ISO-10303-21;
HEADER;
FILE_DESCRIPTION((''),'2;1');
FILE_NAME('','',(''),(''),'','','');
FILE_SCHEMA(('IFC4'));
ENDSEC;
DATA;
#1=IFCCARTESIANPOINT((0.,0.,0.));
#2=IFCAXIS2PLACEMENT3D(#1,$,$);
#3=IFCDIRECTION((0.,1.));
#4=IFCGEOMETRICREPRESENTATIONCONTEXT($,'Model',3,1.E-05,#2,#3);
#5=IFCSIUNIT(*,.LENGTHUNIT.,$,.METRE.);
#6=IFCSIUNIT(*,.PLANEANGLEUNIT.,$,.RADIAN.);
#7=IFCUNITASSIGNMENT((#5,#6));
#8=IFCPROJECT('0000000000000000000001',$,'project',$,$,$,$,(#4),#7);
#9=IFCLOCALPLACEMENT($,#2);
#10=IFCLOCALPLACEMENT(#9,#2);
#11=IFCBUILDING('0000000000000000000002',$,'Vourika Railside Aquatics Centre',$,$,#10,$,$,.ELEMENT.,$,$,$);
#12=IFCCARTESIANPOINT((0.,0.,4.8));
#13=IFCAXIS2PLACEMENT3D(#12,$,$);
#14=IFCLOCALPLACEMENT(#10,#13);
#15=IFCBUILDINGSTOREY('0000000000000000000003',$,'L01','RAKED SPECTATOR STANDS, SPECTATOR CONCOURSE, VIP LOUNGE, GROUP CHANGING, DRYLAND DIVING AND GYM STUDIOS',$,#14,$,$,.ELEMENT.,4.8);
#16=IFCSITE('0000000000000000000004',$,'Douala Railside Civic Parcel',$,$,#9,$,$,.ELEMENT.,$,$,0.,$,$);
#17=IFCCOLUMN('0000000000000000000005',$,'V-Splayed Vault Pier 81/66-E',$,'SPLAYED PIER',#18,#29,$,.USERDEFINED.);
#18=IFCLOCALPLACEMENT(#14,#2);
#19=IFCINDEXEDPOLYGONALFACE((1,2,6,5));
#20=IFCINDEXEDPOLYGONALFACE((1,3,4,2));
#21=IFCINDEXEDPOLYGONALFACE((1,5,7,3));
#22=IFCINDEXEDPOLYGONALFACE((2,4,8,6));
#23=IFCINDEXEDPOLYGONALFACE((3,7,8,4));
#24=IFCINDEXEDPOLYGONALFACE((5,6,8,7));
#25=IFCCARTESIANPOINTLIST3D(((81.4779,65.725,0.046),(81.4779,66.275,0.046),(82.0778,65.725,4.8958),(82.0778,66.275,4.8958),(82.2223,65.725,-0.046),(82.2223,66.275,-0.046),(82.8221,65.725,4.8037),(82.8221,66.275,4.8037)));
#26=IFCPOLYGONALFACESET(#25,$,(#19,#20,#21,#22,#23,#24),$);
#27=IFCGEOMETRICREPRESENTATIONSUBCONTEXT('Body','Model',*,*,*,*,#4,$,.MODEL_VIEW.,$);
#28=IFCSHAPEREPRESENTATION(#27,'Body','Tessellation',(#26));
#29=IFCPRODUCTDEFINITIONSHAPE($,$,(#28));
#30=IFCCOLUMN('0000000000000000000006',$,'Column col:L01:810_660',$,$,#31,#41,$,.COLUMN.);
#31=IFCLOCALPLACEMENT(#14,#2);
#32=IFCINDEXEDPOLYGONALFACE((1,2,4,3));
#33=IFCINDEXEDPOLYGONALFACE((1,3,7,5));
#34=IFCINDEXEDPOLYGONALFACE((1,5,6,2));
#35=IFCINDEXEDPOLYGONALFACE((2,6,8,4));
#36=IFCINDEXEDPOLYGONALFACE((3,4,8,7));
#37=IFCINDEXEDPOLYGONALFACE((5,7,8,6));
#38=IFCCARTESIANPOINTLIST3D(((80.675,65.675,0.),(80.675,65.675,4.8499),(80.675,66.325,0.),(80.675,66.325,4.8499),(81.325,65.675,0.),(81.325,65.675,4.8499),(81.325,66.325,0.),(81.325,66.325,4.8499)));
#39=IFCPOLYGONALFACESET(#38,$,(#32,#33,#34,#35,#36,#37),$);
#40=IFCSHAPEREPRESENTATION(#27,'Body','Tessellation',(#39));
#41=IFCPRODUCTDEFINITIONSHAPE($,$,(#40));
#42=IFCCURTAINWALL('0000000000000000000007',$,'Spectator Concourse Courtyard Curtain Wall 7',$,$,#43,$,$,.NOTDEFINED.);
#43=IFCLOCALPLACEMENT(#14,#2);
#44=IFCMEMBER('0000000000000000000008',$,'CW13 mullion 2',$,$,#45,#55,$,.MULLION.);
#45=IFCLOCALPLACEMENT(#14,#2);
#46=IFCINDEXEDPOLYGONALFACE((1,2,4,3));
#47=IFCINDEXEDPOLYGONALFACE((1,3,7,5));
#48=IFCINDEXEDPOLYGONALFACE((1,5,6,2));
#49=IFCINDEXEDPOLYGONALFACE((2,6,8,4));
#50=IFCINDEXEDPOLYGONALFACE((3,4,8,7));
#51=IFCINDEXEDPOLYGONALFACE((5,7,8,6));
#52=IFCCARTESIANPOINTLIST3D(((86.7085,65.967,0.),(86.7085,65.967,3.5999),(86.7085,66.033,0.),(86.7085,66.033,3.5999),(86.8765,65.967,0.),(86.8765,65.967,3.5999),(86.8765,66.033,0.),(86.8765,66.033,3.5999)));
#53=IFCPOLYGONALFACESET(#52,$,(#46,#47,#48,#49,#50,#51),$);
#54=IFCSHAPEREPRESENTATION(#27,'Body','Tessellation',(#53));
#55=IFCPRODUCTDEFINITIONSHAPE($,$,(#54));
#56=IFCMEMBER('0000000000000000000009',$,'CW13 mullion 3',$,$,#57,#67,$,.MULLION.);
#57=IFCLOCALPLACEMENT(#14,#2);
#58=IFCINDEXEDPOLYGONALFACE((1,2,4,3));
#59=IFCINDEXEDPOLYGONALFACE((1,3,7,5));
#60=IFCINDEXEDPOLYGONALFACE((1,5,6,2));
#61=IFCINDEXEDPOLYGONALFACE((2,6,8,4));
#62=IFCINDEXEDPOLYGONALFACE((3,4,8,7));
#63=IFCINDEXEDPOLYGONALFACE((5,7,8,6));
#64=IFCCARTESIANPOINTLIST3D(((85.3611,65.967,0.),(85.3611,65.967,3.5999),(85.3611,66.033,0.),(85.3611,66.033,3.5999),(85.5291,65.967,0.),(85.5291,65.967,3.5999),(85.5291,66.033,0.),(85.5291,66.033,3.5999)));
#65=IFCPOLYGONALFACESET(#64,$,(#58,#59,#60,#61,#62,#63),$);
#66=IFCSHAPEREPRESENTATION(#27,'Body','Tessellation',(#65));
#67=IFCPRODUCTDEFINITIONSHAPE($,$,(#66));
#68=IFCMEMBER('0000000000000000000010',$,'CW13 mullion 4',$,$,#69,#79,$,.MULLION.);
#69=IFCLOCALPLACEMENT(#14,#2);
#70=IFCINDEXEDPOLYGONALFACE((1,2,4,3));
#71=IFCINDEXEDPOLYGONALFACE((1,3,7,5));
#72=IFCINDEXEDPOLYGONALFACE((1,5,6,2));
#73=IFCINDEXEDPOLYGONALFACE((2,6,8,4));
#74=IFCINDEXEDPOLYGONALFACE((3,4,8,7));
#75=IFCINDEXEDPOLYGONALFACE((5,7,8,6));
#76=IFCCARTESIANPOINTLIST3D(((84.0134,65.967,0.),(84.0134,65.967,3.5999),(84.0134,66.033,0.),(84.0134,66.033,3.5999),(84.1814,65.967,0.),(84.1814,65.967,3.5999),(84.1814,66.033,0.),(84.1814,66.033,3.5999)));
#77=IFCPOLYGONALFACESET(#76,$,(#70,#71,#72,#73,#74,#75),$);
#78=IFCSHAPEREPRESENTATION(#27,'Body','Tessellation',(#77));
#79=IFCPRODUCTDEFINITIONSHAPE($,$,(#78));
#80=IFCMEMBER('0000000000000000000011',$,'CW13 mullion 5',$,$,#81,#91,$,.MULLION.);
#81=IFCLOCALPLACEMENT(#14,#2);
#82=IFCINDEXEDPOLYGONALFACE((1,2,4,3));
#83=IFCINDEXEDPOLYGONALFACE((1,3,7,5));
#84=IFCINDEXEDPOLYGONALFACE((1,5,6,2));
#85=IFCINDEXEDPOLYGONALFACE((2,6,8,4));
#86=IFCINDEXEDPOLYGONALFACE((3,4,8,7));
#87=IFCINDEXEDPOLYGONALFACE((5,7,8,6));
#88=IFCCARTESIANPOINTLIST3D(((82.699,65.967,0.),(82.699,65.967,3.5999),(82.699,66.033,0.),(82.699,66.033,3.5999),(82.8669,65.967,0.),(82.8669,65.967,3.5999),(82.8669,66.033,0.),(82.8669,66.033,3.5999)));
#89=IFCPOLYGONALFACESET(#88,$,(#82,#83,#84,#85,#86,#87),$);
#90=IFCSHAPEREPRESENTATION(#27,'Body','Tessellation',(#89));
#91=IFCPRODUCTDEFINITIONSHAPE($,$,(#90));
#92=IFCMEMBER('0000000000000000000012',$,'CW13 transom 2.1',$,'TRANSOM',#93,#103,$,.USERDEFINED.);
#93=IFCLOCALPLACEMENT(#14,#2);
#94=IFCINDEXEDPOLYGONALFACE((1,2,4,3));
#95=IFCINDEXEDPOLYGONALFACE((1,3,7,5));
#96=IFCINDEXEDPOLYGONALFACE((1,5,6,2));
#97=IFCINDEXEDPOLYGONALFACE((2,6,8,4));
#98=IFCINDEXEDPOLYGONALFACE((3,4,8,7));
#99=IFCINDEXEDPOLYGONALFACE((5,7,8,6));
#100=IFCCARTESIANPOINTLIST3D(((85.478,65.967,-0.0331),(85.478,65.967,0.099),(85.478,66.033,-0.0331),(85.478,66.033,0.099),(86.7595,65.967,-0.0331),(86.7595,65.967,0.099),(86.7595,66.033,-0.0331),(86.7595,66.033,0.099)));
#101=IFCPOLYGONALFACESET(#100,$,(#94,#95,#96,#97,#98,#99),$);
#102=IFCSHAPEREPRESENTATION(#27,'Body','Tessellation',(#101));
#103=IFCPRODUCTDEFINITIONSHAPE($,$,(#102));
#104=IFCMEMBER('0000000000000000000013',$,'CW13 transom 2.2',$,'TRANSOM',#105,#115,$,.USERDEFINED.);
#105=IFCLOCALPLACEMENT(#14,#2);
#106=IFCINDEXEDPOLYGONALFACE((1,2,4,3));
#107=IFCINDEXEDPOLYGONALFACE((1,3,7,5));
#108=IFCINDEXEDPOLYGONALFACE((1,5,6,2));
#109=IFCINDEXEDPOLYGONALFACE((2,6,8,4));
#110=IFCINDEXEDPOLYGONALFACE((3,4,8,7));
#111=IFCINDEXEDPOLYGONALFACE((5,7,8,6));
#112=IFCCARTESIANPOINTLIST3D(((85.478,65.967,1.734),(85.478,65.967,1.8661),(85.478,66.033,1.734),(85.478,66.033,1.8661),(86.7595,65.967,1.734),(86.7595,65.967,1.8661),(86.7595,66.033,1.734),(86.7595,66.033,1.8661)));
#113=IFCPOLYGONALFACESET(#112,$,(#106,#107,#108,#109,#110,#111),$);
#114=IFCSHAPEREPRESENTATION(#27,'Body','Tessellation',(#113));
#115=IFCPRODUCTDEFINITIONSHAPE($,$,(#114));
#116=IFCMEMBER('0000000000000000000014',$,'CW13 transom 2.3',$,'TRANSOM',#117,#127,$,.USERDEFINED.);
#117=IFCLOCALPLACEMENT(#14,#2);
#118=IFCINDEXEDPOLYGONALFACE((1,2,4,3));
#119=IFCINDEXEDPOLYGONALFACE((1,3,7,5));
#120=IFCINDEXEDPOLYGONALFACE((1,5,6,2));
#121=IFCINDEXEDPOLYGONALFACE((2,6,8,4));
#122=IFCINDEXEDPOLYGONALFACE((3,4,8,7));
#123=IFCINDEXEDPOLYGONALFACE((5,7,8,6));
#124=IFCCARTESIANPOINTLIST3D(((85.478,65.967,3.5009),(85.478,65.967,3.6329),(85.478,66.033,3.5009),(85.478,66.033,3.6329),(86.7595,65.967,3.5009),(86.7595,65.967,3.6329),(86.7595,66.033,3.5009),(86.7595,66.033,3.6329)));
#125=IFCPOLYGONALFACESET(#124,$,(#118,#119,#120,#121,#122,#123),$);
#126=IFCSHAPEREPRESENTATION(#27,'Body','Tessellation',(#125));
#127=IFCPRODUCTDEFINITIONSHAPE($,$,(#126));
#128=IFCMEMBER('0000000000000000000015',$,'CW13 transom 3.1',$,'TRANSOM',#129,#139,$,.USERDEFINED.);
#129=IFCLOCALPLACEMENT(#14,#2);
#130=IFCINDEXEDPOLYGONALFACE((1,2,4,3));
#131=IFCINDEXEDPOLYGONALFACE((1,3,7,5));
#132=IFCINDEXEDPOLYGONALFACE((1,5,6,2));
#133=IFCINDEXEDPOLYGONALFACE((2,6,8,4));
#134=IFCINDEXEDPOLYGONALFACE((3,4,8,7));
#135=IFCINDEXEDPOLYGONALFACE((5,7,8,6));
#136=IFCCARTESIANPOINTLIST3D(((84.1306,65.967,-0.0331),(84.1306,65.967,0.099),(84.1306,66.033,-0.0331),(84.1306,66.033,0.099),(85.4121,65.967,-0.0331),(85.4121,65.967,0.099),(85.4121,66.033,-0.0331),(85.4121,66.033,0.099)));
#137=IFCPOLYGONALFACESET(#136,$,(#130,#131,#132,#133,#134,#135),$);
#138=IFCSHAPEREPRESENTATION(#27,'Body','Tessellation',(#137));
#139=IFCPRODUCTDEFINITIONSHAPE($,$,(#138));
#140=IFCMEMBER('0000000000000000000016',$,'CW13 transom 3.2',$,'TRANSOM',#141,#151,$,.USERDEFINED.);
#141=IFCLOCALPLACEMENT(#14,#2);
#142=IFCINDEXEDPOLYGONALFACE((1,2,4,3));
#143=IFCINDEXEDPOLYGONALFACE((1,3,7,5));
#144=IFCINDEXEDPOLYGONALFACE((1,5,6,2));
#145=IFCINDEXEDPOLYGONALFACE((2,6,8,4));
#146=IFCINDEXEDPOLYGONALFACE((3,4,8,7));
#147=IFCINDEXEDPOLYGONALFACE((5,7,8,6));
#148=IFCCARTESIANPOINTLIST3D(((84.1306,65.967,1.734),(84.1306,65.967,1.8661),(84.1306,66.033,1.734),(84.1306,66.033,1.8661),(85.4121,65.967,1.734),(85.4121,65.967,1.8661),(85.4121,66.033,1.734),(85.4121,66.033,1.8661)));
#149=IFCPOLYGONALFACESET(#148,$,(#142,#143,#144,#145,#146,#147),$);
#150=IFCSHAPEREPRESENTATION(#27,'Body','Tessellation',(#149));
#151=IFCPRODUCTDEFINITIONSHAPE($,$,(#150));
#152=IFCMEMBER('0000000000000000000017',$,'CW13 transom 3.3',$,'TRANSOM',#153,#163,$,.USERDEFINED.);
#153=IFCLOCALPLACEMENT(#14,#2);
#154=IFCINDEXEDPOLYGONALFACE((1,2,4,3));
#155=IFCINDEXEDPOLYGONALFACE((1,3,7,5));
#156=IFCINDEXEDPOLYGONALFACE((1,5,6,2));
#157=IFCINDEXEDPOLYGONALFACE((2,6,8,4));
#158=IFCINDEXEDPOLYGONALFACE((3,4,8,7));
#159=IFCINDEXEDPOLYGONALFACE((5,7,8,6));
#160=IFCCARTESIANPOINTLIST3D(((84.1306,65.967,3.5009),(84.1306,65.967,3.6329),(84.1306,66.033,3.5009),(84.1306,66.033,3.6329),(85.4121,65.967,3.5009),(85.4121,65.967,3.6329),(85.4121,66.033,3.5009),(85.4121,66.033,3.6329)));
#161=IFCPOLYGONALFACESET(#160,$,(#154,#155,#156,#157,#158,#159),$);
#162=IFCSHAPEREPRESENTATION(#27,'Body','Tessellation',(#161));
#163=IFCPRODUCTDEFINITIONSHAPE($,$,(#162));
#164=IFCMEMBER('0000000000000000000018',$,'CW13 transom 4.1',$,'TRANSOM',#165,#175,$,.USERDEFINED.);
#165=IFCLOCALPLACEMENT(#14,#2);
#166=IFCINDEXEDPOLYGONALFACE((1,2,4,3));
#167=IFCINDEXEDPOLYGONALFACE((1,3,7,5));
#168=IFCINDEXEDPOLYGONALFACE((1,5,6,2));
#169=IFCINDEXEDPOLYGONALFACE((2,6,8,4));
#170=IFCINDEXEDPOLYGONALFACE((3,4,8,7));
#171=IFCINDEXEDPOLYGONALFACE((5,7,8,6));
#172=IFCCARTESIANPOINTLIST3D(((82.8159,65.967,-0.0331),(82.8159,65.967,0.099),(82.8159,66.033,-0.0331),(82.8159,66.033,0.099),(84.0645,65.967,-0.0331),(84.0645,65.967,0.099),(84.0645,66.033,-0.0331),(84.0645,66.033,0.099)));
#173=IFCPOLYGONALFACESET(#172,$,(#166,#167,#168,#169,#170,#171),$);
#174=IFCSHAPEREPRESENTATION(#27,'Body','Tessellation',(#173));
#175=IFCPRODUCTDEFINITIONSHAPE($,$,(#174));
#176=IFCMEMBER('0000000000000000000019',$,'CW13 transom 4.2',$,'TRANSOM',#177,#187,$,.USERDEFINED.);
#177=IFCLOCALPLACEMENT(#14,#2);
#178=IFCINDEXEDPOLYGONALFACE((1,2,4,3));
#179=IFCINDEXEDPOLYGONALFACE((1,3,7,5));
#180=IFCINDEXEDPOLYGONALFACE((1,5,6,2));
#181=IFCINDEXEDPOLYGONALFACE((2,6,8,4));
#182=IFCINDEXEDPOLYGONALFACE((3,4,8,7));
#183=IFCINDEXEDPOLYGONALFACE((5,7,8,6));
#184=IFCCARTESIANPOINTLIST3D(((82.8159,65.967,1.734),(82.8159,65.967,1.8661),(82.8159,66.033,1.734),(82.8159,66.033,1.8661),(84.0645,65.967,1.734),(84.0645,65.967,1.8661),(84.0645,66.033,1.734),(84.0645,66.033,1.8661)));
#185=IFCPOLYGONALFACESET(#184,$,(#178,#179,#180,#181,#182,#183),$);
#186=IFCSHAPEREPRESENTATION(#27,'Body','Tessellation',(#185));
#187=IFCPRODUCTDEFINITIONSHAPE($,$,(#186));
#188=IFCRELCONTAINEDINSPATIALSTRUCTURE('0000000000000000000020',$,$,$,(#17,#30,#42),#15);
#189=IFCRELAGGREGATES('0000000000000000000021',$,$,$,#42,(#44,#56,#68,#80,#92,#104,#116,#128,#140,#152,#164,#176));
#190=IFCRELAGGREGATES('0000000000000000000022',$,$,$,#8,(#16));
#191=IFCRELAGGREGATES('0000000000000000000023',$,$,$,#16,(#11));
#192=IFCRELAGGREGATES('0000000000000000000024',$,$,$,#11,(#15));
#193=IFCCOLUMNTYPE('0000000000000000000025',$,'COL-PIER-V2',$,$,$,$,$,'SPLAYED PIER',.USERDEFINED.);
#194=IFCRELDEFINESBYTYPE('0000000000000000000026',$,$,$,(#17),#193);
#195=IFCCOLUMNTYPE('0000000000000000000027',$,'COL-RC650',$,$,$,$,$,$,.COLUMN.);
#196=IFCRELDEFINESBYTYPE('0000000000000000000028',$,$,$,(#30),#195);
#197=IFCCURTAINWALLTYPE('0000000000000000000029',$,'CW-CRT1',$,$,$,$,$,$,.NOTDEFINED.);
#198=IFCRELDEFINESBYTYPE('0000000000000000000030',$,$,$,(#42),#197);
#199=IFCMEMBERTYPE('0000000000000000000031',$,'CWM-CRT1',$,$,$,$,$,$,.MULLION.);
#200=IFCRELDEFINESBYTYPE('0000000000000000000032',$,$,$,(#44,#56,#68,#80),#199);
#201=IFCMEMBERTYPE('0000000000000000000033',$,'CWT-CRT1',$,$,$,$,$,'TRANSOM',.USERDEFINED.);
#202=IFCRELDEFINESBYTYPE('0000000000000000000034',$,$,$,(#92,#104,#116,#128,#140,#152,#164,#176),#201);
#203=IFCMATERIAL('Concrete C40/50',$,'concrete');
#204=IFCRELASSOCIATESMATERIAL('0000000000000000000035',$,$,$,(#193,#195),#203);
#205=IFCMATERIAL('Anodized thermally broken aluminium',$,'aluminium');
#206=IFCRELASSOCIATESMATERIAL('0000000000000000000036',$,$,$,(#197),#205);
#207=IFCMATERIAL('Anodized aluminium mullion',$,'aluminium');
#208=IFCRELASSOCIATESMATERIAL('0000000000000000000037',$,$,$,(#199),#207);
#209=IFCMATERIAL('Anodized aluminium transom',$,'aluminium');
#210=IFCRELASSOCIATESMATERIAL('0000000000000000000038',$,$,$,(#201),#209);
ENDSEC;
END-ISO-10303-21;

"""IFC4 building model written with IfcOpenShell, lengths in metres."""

from ifc_helpers import new_model, si_unit, direction, frame, origin, origin_2d, place, context, subcontext, project, spatial, rectangle, extrude, material, material_profile, profile_set, type_object, element, aggregate, save


model = new_model("IFC4")

# Units and contexts
model_context = context("Model", 3, precision=1e-05, world=origin(), true_north=direction((0.0, 1.0)))
body_context = subcontext(model_context, "Body", "Model", "MODEL_VIEW")
ifc_project = project(units=[si_unit("LENGTHUNIT", "METRE"), si_unit("PLANEANGLEUNIT", "RADIAN")], contexts=[model_context])

# Site, building, storey
site_placement = place(None, origin())
site = spatial("IfcSite", under=ifc_project, at=site_placement, Name="Douala Railside Civic Parcel", CompositionType="ELEMENT", RefElevation=0.0)
building_placement = place(site_placement, origin())
building = spatial("IfcBuilding", under=site, at=building_placement, Name="Vourika Railside Aquatics Centre", CompositionType="ELEMENT")
storey_placement = place(building_placement, frame((0.0, 0.0, 4.8)))
storey = spatial("IfcBuildingStorey", under=building, at=storey_placement, Name="L01", Description="RAKED SPECTATOR STANDS, SPECTATOR CONCOURSE, VIP LOUNGE, GROUP CHANGING, DRYLAND DIVING AND GYM STUDIOS", CompositionType="ELEMENT", Elevation=4.8)

# Columns
ifc_material_1 = material(Name="Concrete C40/50", Category="concrete")
ifc_material_profile_1 = material_profile(ifc_material_1, rectangle(XDim=0.55, YDim=0.75, at=origin_2d()), Name="RC 550x750")
ifc_profile_set_1 = profile_set([ifc_material_profile_1], Name="Concrete C40/50")
column_type_1 = type_object("IfcColumnType", Name="COL-PIER-V2", ElementType="SPLAYED PIER", PredefinedType="USERDEFINED", material=ifc_profile_set_1)
column_1_placement = place(storey_placement, frame((81.8501, 66.0, 0.0), z_axis=(0.12275, 0.0, 0.992438), x_axis=(0.0, 1.0, 0.0)))
element("IfcColumn", 1, at=column_1_placement, inside=storey, type_object=column_type_1, Name="V-Splayed Vault Pier 81/66-E", ObjectType="SPLAYED PIER", PredefinedType="USERDEFINED", context=body_context, shape_type="SweptSolid", body=[
    extrude(rectangle(XDim=0.55, YDim=0.75, at=origin_2d()), origin(), (0.0, 0.0, 1.0), 4.8867),
])
ifc_material_profile_2 = material_profile(ifc_material_1, rectangle(XDim=0.6499, YDim=0.6499, at=origin_2d()), Name="RC 650x650")
ifc_profile_set_2 = profile_set([ifc_material_profile_2], Name="Concrete C40/50")
column_type_2 = type_object("IfcColumnType", Name="COL-RC650", PredefinedType="COLUMN", material=ifc_profile_set_2)
column_2_placement = place(storey_placement, frame((81.0, 66.0, 0.0), z_axis=(0.0, 0.0, 1.0), x_axis=(1.0, 0.0, 0.0)))
element("IfcColumn", 2, at=column_2_placement, inside=storey, type_object=column_type_2, Name="Column col:L01:810_660", PredefinedType="COLUMN", context=body_context, shape_type="SweptSolid", body=[
    extrude(rectangle(XDim=0.6499, YDim=0.6499, at=origin_2d()), origin(), (0.0, 0.0, 1.0), 4.8499),
])

# Curtain wall, members
ifc_material_2 = material(Name="Anodized thermally broken aluminium", Category="aluminium")
curtain_wall_type = type_object("IfcCurtainWallType", Name="CW-CRT1", PredefinedType="NOTDEFINED", material=ifc_material_2)
curtain_wall_placement = place(storey_placement, origin())
curtain_wall = element("IfcCurtainWall", 3, at=curtain_wall_placement, inside=storey, type_object=curtain_wall_type, Name="Spectator Concourse Courtyard Curtain Wall 7", PredefinedType="NOTDEFINED")
ifc_material_3 = material(Name="Anodized aluminium mullion", Category="aluminium")
ifc_material_profile_3 = material_profile(ifc_material_3, rectangle(XDim=0.0659, YDim=0.168, at=origin_2d()), Name="ALU-M 66x168")
ifc_profile_set_3 = profile_set([ifc_material_profile_3], Name="Anodized aluminium mullion")
member_type_1 = type_object("IfcMemberType", Name="CWM-CRT1", PredefinedType="MULLION", material=ifc_profile_set_3)
member_1_placement = place(storey_placement, frame((86.7925, 66.0, 0.0), z_axis=(0.0, 0.0, 1.0), x_axis=(0.0, -1.0, 0.0)))
member_1 = element("IfcMember", 4, at=member_1_placement, type_object=member_type_1, Name="CW13 mullion 2", PredefinedType="MULLION", context=body_context, shape_type="SweptSolid", body=[
    extrude(rectangle(XDim=0.0659, YDim=0.168, at=origin_2d()), origin(), (0.0, 0.0, 1.0), 3.5999),
])
member_2_placement = place(storey_placement, frame((85.4451, 66.0, 0.0), z_axis=(0.0, 0.0, 1.0), x_axis=(0.0, -1.0, 0.0)))
member_2 = element("IfcMember", 5, at=member_2_placement, type_object=member_type_1, Name="CW13 mullion 3", PredefinedType="MULLION", context=body_context, shape_type="SweptSolid", body=[
    extrude(rectangle(XDim=0.0659, YDim=0.168, at=origin_2d()), origin(), (0.0, 0.0, 1.0), 3.5999),
])
member_3_placement = place(storey_placement, frame((84.0974, 66.0, 0.0), z_axis=(0.0, 0.0, 1.0), x_axis=(0.0, -1.0, 0.0)))
member_3 = element("IfcMember", 6, at=member_3_placement, type_object=member_type_1, Name="CW13 mullion 4", PredefinedType="MULLION", context=body_context, shape_type="SweptSolid", body=[
    extrude(rectangle(XDim=0.0659, YDim=0.168, at=origin_2d()), origin(), (0.0, 0.0, 1.0), 3.5999),
])
member_4_placement = place(storey_placement, frame((82.783, 66.0, 0.0), z_axis=(0.0, 0.0, 1.0), x_axis=(0.0, -1.0, 0.0)))
member_4 = element("IfcMember", 7, at=member_4_placement, type_object=member_type_1, Name="CW13 mullion 5", PredefinedType="MULLION", context=body_context, shape_type="SweptSolid", body=[
    extrude(rectangle(XDim=0.0659, YDim=0.168, at=origin_2d()), origin(), (0.0, 0.0, 1.0), 3.5999),
])
ifc_material_4 = material(Name="Anodized aluminium transom", Category="aluminium")
ifc_material_profile_4 = material_profile(ifc_material_4, rectangle(XDim=0.0659, YDim=0.1321, at=origin_2d()), Name="ALU-T 66x132")
ifc_profile_set_4 = profile_set([ifc_material_profile_4], Name="Anodized aluminium transom")
member_type_2 = type_object("IfcMemberType", Name="CWT-CRT1", ElementType="TRANSOM", PredefinedType="USERDEFINED", material=ifc_profile_set_4)
member_5_placement = place(storey_placement, frame((86.7595, 66.0, 0.033), z_axis=(-1.0, 0.0, 0.0), x_axis=(0.0, -1.0, 0.0)))
member_5 = element("IfcMember", 8, at=member_5_placement, type_object=member_type_2, Name="CW13 transom 2.1", ObjectType="TRANSOM", PredefinedType="USERDEFINED", context=body_context, shape_type="SweptSolid", body=[
    extrude(rectangle(XDim=0.0659, YDim=0.1321, at=origin_2d()), origin(), (0.0, 0.0, 1.0), 1.2815),
])
member_6_placement = place(storey_placement, frame((86.7595, 66.0, 1.8), z_axis=(-1.0, 0.0, 0.0), x_axis=(0.0, -1.0, 0.0)))
member_6 = element("IfcMember", 9, at=member_6_placement, type_object=member_type_2, Name="CW13 transom 2.2", ObjectType="TRANSOM", PredefinedType="USERDEFINED", context=body_context, shape_type="SweptSolid", body=[
    extrude(rectangle(XDim=0.0659, YDim=0.1321, at=origin_2d()), origin(), (0.0, 0.0, 1.0), 1.2815),
])
member_7_placement = place(storey_placement, frame((86.7595, 66.0, 3.5669), z_axis=(-1.0, 0.0, 0.0), x_axis=(0.0, -1.0, 0.0)))
member_7 = element("IfcMember", 10, at=member_7_placement, type_object=member_type_2, Name="CW13 transom 2.3", ObjectType="TRANSOM", PredefinedType="USERDEFINED", context=body_context, shape_type="SweptSolid", body=[
    extrude(rectangle(XDim=0.0659, YDim=0.1321, at=origin_2d()), origin(), (0.0, 0.0, 1.0), 1.2815),
])
member_8_placement = place(storey_placement, frame((85.4121, 66.0, 0.033), z_axis=(-1.0, 0.0, 0.0), x_axis=(0.0, -1.0, 0.0)))
member_8 = element("IfcMember", 11, at=member_8_placement, type_object=member_type_2, Name="CW13 transom 3.1", ObjectType="TRANSOM", PredefinedType="USERDEFINED", context=body_context, shape_type="SweptSolid", body=[
    extrude(rectangle(XDim=0.0659, YDim=0.1321, at=origin_2d()), origin(), (0.0, 0.0, 1.0), 1.2815),
])
member_9_placement = place(storey_placement, frame((85.4121, 66.0, 1.8), z_axis=(-1.0, 0.0, 0.0), x_axis=(0.0, -1.0, 0.0)))
member_9 = element("IfcMember", 12, at=member_9_placement, type_object=member_type_2, Name="CW13 transom 3.2", ObjectType="TRANSOM", PredefinedType="USERDEFINED", context=body_context, shape_type="SweptSolid", body=[
    extrude(rectangle(XDim=0.0659, YDim=0.1321, at=origin_2d()), origin(), (0.0, 0.0, 1.0), 1.2815),
])
member_10_placement = place(storey_placement, frame((85.4121, 66.0, 3.5669), z_axis=(-1.0, 0.0, 0.0), x_axis=(0.0, -1.0, 0.0)))
member_10 = element("IfcMember", 13, at=member_10_placement, type_object=member_type_2, Name="CW13 transom 3.3", ObjectType="TRANSOM", PredefinedType="USERDEFINED", context=body_context, shape_type="SweptSolid", body=[
    extrude(rectangle(XDim=0.0659, YDim=0.1321, at=origin_2d()), origin(), (0.0, 0.0, 1.0), 1.2815),
])
member_11_placement = place(storey_placement, frame((84.0645, 66.0, 0.033), z_axis=(-1.0, 0.0, 0.0), x_axis=(0.0, -1.0, 0.0)))
member_11 = element("IfcMember", 14, at=member_11_placement, type_object=member_type_2, Name="CW13 transom 4.1", ObjectType="TRANSOM", PredefinedType="USERDEFINED", context=body_context, shape_type="SweptSolid", body=[
    extrude(rectangle(XDim=0.0659, YDim=0.1321, at=origin_2d()), origin(), (0.0, 0.0, 1.0), 1.2485),
])
member_12_placement = place(storey_placement, frame((84.0645, 66.0, 1.8), z_axis=(-1.0, 0.0, 0.0), x_axis=(0.0, -1.0, 0.0)))
member_12 = element("IfcMember", 15, at=member_12_placement, type_object=member_type_2, Name="CW13 transom 4.2", ObjectType="TRANSOM", PredefinedType="USERDEFINED", context=body_context, shape_type="SweptSolid", body=[
    extrude(rectangle(XDim=0.0659, YDim=0.1321, at=origin_2d()), origin(), (0.0, 0.0, 1.0), 1.2485),
])
aggregate(curtain_wall, [member_1, member_2, member_3, member_4, member_5, member_6, member_7, member_8, member_9, member_10, member_11, member_12])

save(model, "model.ifc")
